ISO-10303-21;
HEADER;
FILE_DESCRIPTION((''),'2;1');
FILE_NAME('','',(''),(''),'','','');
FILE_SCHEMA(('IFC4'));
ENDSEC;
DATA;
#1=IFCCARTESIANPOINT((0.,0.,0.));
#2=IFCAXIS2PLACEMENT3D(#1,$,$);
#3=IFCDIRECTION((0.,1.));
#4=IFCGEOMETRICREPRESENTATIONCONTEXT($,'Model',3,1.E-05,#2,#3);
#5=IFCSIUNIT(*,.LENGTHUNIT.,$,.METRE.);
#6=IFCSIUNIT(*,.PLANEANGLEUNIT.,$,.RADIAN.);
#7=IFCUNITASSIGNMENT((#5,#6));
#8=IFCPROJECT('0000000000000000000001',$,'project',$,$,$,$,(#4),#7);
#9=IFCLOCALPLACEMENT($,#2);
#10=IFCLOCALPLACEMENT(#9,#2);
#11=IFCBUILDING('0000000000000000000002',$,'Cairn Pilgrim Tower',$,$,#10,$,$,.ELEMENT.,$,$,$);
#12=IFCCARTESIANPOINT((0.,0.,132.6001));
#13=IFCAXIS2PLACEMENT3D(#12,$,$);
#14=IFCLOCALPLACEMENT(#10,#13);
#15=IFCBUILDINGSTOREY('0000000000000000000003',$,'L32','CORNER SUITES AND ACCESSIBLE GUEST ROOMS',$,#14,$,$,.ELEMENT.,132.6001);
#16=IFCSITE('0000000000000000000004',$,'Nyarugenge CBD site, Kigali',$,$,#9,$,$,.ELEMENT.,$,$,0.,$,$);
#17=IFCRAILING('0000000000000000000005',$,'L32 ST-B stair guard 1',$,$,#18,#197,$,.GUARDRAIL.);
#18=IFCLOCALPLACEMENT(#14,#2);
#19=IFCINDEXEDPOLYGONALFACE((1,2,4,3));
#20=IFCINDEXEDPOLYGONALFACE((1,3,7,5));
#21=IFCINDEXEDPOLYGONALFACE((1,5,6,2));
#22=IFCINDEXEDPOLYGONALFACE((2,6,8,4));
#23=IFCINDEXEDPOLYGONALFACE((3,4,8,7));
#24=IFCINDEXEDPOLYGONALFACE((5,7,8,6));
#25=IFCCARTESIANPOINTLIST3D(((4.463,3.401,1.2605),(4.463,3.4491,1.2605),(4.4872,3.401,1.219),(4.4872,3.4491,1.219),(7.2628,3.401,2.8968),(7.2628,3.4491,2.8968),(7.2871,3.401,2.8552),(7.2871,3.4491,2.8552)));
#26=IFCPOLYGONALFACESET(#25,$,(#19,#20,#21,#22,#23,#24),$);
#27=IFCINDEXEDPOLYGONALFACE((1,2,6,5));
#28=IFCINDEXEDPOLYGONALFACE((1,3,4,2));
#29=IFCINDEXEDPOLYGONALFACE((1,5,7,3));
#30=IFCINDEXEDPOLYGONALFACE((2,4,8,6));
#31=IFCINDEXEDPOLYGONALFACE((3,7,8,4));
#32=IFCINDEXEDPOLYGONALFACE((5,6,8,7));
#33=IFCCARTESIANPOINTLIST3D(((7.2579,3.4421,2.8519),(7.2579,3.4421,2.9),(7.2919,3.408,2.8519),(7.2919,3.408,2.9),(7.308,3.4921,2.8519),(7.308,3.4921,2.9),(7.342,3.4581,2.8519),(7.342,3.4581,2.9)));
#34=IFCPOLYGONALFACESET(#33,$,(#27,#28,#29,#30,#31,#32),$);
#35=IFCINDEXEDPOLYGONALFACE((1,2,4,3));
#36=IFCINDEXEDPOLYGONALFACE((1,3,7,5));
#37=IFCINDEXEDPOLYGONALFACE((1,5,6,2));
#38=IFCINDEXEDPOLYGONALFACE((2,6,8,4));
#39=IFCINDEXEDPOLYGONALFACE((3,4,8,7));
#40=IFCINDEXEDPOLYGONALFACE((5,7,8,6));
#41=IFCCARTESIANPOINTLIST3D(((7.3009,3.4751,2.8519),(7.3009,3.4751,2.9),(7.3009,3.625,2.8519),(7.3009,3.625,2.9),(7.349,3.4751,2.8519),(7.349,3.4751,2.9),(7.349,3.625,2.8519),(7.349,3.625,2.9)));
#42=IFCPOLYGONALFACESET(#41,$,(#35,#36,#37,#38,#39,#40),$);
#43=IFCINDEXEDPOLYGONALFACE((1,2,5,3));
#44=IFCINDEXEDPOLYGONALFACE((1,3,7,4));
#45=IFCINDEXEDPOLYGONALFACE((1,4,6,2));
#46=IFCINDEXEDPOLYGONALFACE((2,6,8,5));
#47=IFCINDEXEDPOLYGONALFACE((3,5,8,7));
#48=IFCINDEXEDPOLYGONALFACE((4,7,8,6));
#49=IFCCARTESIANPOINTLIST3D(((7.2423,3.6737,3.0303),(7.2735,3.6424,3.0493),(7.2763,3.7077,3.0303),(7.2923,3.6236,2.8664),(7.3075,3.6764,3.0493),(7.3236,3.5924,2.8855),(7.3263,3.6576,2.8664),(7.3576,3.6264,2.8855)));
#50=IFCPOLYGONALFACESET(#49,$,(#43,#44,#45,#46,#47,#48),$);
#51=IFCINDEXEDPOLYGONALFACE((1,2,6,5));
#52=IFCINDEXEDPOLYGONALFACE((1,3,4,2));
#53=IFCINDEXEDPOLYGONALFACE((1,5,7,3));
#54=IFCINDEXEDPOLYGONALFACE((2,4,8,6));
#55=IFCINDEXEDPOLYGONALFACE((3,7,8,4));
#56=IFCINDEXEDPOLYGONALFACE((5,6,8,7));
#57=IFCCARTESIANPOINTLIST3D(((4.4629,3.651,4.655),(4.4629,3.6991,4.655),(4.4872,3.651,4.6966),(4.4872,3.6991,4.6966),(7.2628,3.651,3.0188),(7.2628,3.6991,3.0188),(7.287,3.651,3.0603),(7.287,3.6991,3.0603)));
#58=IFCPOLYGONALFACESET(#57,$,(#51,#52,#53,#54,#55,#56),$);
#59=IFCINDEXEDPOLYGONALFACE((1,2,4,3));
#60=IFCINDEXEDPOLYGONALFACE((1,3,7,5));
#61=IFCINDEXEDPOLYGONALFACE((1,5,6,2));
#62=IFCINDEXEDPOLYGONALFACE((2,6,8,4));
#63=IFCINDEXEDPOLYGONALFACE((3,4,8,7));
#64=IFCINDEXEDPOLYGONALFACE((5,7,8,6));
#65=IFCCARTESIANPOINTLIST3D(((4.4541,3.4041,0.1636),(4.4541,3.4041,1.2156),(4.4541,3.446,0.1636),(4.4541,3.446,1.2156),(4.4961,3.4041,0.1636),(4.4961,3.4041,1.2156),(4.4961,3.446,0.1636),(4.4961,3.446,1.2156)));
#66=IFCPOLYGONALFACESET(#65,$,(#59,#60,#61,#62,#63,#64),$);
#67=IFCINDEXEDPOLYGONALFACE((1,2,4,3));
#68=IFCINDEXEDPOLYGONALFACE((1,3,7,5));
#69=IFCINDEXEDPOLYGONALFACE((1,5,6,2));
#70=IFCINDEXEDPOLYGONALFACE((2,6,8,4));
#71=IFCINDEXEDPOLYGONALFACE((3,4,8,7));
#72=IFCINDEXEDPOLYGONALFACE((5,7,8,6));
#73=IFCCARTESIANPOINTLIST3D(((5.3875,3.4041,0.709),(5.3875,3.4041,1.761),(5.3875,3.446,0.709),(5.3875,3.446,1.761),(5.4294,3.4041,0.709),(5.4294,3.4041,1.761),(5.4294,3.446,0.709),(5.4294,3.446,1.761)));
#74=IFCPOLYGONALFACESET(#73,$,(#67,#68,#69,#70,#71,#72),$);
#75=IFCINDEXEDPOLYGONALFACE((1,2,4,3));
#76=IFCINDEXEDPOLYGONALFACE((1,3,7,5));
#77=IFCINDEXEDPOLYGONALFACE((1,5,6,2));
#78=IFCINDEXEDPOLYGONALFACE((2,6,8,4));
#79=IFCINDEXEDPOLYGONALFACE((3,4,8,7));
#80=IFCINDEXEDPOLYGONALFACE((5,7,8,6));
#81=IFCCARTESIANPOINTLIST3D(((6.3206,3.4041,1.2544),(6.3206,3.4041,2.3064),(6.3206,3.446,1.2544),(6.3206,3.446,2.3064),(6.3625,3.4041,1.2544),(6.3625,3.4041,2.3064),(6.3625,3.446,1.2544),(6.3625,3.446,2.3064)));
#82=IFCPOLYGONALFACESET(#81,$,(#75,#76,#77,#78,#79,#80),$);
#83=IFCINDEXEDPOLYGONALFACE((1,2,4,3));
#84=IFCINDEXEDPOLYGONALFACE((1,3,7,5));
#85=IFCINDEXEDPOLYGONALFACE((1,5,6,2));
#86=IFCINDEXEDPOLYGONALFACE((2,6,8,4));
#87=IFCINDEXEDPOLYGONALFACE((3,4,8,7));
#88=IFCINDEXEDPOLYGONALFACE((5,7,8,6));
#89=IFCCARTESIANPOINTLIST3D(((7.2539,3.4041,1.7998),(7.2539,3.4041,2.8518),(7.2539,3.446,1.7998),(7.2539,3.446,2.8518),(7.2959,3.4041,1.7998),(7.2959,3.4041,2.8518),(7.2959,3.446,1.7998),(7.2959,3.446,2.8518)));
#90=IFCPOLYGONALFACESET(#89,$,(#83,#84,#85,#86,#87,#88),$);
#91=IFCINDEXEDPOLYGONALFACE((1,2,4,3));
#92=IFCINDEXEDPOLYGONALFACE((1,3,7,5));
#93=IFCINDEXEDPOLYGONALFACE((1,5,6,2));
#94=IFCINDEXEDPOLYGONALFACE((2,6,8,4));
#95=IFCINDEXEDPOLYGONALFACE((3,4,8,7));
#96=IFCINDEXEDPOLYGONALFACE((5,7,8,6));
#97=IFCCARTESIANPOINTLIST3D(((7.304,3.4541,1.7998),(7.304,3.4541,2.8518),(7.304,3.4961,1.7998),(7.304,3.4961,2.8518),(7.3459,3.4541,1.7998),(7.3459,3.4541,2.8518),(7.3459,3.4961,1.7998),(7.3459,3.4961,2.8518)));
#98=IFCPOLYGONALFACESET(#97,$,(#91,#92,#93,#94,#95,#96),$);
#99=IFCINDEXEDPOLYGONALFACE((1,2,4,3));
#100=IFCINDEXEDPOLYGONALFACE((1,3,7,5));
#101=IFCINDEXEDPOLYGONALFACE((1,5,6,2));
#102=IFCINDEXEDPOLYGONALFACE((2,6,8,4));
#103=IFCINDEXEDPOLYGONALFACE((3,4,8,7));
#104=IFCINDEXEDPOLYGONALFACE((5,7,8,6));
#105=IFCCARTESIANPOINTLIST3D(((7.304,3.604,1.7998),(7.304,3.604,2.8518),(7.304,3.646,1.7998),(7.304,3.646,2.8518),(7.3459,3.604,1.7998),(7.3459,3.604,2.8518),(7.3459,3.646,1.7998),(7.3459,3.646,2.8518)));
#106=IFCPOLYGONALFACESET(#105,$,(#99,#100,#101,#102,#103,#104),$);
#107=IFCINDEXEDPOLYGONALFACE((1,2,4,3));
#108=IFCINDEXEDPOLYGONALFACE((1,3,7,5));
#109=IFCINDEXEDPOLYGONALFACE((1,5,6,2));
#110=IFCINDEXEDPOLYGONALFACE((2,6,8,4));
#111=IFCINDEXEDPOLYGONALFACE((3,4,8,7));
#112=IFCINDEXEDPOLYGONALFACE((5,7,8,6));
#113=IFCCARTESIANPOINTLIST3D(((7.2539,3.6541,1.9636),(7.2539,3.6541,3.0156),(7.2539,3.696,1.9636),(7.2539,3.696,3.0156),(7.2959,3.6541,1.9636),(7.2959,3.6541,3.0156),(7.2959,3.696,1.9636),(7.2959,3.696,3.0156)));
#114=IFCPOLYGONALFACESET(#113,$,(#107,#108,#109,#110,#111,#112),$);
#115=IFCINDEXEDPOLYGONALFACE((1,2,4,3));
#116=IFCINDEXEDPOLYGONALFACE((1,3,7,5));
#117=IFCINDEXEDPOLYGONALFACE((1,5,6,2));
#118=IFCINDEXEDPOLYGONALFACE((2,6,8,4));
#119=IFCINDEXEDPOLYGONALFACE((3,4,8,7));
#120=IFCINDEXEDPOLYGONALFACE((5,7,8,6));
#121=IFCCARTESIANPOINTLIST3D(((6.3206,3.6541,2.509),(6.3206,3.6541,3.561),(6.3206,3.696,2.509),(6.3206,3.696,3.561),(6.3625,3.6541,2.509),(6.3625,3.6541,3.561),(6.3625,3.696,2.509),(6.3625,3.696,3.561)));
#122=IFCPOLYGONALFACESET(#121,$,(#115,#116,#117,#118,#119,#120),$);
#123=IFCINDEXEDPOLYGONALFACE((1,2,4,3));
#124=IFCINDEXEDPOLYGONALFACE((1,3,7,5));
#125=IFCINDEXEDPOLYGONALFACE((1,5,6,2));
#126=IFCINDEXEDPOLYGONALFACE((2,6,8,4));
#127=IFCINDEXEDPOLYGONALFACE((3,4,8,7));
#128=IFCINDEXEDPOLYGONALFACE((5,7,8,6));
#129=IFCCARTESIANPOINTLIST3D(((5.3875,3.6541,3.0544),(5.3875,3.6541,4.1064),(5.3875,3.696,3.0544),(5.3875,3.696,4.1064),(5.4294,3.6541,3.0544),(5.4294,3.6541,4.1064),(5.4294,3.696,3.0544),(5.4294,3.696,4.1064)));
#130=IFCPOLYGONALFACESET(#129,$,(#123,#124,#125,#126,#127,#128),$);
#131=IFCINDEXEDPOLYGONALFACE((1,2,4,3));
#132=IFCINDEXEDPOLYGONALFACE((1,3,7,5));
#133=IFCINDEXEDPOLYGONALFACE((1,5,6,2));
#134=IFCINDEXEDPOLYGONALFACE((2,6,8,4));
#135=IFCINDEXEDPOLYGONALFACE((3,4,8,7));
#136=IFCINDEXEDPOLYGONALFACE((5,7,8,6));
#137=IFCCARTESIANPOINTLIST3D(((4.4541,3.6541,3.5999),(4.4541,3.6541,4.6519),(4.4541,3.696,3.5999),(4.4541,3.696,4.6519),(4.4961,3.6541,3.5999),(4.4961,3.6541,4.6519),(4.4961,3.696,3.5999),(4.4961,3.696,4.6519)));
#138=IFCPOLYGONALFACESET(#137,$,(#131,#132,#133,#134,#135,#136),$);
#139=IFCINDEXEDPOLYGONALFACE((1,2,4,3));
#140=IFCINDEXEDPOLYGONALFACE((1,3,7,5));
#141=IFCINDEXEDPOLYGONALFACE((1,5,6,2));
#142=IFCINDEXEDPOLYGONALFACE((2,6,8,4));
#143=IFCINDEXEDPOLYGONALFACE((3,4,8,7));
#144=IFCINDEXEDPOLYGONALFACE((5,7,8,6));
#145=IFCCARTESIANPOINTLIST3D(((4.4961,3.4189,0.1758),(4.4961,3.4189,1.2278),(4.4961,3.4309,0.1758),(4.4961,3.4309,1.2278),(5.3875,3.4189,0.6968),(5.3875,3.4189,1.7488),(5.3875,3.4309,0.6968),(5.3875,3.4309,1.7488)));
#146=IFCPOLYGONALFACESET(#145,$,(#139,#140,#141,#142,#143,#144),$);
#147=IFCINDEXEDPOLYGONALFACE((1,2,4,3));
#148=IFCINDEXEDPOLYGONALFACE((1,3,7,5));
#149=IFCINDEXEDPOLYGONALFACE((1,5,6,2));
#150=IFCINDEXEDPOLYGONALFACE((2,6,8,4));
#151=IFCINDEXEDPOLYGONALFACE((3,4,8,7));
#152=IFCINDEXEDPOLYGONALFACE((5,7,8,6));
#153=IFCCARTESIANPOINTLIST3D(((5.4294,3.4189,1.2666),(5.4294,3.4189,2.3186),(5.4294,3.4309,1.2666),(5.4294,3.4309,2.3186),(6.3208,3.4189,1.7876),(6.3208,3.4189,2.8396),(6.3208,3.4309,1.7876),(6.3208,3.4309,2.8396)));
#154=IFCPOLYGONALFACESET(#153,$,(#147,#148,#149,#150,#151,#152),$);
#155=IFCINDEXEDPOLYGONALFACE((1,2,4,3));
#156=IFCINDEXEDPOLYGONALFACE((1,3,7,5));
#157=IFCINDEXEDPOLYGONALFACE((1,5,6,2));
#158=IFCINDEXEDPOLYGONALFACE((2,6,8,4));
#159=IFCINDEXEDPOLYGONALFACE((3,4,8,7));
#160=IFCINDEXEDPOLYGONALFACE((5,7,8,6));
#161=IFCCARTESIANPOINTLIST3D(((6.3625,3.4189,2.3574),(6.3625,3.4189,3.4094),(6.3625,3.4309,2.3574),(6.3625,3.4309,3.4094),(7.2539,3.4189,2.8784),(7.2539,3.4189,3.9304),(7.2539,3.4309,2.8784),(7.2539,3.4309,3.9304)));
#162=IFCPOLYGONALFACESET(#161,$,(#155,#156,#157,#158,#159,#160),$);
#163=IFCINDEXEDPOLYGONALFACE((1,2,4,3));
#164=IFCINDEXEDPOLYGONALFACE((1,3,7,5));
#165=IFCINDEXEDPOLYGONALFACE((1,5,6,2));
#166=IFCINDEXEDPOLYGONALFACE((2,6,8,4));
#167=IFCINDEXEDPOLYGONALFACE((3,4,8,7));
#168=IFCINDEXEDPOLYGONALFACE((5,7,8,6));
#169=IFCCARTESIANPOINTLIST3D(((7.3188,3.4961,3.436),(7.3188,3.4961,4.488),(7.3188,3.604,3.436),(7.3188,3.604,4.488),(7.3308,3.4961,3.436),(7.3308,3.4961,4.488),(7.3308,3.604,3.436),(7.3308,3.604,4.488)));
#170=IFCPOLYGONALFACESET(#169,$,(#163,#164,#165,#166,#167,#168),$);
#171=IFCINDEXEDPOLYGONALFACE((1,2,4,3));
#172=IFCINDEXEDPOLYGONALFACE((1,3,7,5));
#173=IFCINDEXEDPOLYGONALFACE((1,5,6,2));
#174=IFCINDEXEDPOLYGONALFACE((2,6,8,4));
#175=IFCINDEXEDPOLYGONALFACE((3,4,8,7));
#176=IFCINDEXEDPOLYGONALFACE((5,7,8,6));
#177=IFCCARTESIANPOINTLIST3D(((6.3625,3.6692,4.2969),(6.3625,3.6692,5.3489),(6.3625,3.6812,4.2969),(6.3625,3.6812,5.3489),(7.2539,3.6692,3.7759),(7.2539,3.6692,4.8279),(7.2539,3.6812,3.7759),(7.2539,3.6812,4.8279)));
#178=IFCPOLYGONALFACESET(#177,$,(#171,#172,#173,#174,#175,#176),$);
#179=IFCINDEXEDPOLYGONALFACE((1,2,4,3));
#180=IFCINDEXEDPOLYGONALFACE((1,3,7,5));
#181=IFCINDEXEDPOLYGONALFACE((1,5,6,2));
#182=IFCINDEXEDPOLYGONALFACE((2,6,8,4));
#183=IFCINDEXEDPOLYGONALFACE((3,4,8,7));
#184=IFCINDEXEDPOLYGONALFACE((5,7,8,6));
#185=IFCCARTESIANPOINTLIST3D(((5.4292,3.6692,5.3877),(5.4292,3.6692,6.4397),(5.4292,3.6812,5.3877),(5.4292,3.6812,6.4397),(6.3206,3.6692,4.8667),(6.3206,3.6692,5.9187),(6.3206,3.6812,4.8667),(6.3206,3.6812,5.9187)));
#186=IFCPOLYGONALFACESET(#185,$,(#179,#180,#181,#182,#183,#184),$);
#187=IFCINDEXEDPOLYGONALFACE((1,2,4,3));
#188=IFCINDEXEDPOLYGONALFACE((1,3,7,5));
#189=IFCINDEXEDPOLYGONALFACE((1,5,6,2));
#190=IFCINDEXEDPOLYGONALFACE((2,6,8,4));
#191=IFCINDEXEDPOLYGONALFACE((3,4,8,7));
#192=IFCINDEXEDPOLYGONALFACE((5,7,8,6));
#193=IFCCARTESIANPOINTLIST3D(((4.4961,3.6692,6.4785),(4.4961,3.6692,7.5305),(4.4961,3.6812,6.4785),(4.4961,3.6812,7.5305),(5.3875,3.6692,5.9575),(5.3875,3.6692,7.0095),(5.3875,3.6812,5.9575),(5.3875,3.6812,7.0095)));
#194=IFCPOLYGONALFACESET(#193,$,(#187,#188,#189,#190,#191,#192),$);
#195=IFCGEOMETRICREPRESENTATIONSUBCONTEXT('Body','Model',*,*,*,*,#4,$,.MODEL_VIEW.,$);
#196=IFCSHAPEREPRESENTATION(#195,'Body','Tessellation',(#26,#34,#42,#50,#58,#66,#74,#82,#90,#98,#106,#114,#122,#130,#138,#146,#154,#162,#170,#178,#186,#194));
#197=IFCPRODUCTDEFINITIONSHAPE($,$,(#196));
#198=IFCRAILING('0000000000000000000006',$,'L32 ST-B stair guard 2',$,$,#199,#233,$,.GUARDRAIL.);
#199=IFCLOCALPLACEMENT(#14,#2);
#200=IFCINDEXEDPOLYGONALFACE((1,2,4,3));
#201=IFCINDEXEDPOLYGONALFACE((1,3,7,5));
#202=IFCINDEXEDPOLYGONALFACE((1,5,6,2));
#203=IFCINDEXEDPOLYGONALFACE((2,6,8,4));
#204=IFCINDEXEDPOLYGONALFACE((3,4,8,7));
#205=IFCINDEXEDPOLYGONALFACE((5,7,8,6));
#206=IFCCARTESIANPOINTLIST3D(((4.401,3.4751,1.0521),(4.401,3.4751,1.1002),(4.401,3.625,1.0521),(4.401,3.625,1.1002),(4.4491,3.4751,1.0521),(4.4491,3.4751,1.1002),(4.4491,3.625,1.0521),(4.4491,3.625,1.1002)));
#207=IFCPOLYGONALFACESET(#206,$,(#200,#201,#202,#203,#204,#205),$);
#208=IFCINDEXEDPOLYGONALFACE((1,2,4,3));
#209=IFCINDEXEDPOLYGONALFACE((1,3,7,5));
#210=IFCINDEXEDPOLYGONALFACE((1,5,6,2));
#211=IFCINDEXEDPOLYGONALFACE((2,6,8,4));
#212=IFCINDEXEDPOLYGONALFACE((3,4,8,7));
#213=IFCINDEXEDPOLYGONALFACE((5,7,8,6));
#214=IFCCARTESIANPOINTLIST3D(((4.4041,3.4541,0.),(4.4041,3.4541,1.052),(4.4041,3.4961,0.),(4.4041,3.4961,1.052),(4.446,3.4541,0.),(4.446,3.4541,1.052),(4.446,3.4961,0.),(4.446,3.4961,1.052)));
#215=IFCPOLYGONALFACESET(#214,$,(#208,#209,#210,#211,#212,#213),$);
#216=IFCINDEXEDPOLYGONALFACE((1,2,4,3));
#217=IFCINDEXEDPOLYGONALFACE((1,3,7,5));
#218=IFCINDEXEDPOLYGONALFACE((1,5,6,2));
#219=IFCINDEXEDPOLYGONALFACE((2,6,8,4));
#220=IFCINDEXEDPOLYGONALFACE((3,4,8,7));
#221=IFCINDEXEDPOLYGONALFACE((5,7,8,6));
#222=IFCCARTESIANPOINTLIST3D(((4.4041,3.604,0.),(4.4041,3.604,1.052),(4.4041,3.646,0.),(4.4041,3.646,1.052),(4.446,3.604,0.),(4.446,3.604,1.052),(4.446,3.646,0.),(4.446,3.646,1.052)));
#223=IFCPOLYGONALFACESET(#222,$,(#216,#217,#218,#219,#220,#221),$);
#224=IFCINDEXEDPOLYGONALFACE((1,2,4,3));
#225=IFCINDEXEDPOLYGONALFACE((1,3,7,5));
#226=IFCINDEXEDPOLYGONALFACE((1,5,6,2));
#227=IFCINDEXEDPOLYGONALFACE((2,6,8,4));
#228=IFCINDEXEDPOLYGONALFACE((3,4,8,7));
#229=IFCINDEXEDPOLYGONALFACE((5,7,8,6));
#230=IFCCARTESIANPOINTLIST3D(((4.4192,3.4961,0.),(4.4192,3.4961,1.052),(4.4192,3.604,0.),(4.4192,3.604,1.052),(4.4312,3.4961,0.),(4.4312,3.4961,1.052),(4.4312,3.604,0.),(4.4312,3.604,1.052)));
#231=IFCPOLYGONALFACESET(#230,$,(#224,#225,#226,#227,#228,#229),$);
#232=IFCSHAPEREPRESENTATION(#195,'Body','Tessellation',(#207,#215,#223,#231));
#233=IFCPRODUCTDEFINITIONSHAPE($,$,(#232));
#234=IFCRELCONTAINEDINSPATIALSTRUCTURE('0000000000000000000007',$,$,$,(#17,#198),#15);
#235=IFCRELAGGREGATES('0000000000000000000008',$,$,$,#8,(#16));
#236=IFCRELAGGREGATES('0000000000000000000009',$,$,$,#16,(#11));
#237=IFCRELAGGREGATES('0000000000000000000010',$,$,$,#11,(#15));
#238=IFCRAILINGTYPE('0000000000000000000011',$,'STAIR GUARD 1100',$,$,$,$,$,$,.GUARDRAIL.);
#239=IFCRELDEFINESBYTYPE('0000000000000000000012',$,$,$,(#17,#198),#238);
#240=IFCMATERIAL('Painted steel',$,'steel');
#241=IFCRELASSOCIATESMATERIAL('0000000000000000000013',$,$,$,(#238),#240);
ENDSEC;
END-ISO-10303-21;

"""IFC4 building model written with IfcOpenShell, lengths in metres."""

from ifc_helpers import new_model, si_unit, direction, frame, origin, origin_2d, place, context, subcontext, project, spatial, polyline, rectangle, outline, extrude, material, type_object, element, save


model = new_model("IFC4")

# Units and contexts
model_context = context("Model", 3, precision=1e-05, world=origin(), true_north=direction((0.0, 1.0)))
body_context = subcontext(model_context, "Body", "Model", "MODEL_VIEW")
ifc_project = project(units=[si_unit("LENGTHUNIT", "METRE"), si_unit("PLANEANGLEUNIT", "RADIAN")], contexts=[model_context])

# Site, building, storey
site_placement = place(None, origin())
site = spatial("IfcSite", under=ifc_project, at=site_placement, Name="Nyarugenge CBD site, Kigali", CompositionType="ELEMENT", RefElevation=0.0)
building_placement = place(site_placement, origin())
building = spatial("IfcBuilding", under=site, at=building_placement, Name="Cairn Pilgrim Tower", CompositionType="ELEMENT")
storey_placement = place(building_placement, frame((0.0, 0.0, 132.6001)))
storey = spatial("IfcBuildingStorey", under=building, at=storey_placement, Name="L32", Description="CORNER SUITES AND ACCESSIBLE GUEST ROOMS", CompositionType="ELEMENT", Elevation=132.6001)

# Shared definitions
ifc_material_1 = material(Name="Painted steel", Category="steel")

# Railings
railing_type = type_object("IfcRailingType", Name="STAIR GUARD 1100", PredefinedType="GUARDRAIL", material=ifc_material_1)
railing_1_placement = place(storey_placement, frame((4.4751, 3.425, 0.1636)))
element("IfcRailing", 1, at=railing_1_placement, inside=storey, type_object=railing_type, Name="L32 ST-B stair guard 1", PredefinedType="GUARDRAIL", context=body_context, shape_type="SweptSolid", body=[
    extrude(rectangle(XDim=0.0481, YDim=0.0481, at=origin_2d()), frame((0.0, 0.0, 1.0762), z_axis=(0.863374, 0.0, 0.504564), x_axis=(0.0, 1.0, 0.0)), (0.0, 0.0, 1.0), 3.2429),
    extrude(rectangle(XDim=0.0481, YDim=0.0481, at=origin_2d()), frame((2.7998, 0.0, 2.7124), z_axis=(0.707107, 0.707107, 0.0), x_axis=(-0.707107, 0.707107, 0.0)), (0.0, 0.0, 1.0), 0.0708),
    extrude(rectangle(XDim=0.0481, YDim=0.0481, at=origin_2d()), frame((2.8499, 0.05, 2.7124), z_axis=(0.0, 1.0, 0.0), x_axis=(-1.0, 0.0, 0.0)), (0.0, 0.0, 1.0), 0.1499),
    extrude(rectangle(XDim=0.0481, YDim=0.0481, at=origin_2d()), frame((2.8499, 0.2, 2.7124), z_axis=(-0.280456, 0.280456, 0.917981), x_axis=(-0.707107, -0.707107, 0.0)), (0.0, 0.0, 1.0), 0.1785),
    extrude(rectangle(XDim=0.0481, YDim=0.0481, at=origin_2d()), frame((2.7998, 0.25, 2.876), z_axis=(-0.863374, 0.0, 0.504564), x_axis=(0.0, -1.0, 0.0)), (0.0, 0.0, 1.0), 3.2429),
    extrude(rectangle(XDim=0.042, YDim=0.042, at=origin_2d()), origin(), (0.0, 0.0, 1.0), 1.052),
    extrude(rectangle(XDim=0.042, YDim=0.042, at=origin_2d()), frame((0.9333, 0.0, 0.5454)), (0.0, 0.0, 1.0), 1.052),
    extrude(rectangle(XDim=0.042, YDim=0.042, at=origin_2d()), frame((1.8665, 0.0, 1.0908)), (0.0, 0.0, 1.0), 1.052),
    extrude(rectangle(XDim=0.042, YDim=0.042, at=origin_2d()), frame((2.7998, 0.0, 1.6362)), (0.0, 0.0, 1.0), 1.052),
    extrude(rectangle(XDim=0.042, YDim=0.042, at=origin_2d()), frame((2.8499, 0.05, 1.6362)), (0.0, 0.0, 1.0), 1.052),
    extrude(rectangle(XDim=0.042, YDim=0.042, at=origin_2d()), frame((2.8499, 0.2, 1.6362)), (0.0, 0.0, 1.0), 1.052),
    extrude(rectangle(XDim=0.042, YDim=0.042, at=origin_2d()), frame((2.7998, 0.25, 1.8)), (0.0, 0.0, 1.0), 1.052),
    extrude(rectangle(XDim=0.042, YDim=0.042, at=origin_2d()), frame((1.8665, 0.25, 2.3455)), (0.0, 0.0, 1.0), 1.052),
    extrude(rectangle(XDim=0.042, YDim=0.042, at=origin_2d()), frame((0.9333, 0.25, 2.8909)), (0.0, 0.0, 1.0), 1.052),
    extrude(rectangle(XDim=0.042, YDim=0.042, at=origin_2d()), frame((0.0, 0.25, 3.4363)), (0.0, 0.0, 1.0), 1.052),
    extrude(outline(polyline([(0.021, 0.0122), (0.9124, 0.5332), (0.9124, 1.5852), (0.021, 1.0642), (0.021, 0.0122)])), frame((0.0, 0.0059, 0.0), z_axis=(0.0, -1.0, 0.0), x_axis=(1.0, 0.0, 0.0)), (0.0, 0.0, 1.0), 0.012),
    extrude(outline(polyline([(0.021, 0.5576), (0.9124, 1.0786), (0.9124, 2.1306), (0.021, 1.6096), (0.021, 0.5576)])), frame((0.9333, 0.0059, 0.5454), z_axis=(0.0, -1.0, 0.0), x_axis=(1.0, 0.0, 0.0)), (0.0, 0.0, 1.0), 0.012),
    extrude(outline(polyline([(0.021, 1.103), (0.9124, 1.624), (0.9124, 2.676), (0.021, 2.155), (0.021, 1.103)])), frame((1.8665, 0.0059, 1.0908), z_axis=(0.0, -1.0, 0.0), x_axis=(1.0, 0.0, 0.0)), (0.0, 0.0, 1.0), 0.012),
    extrude(outline(polyline([(0.021, 1.6362), (0.1289, 1.6362), (0.1289, 2.6882), (0.021, 2.6882), (0.021, 1.6362)])), frame((2.8438, 0.05, 1.6362), z_axis=(1.0, 0.0, 0.0), x_axis=(0.0, 1.0, 0.0)), (0.0, 0.0, 1.0), 0.012),
    extrude(outline(polyline([(0.021, 1.8123), (0.9124, 2.3333), (0.9124, 3.3853), (0.021, 2.8643), (0.021, 1.8123)])), frame((2.7998, 0.2441, 1.8), z_axis=(0.0, 1.0, 0.0), x_axis=(-1.0, 0.0, 0.0)), (0.0, 0.0, 1.0), 0.012),
    extrude(outline(polyline([(0.021, 2.3577), (0.9124, 2.8787), (0.9124, 3.9307), (0.021, 3.4097), (0.021, 2.3577)])), frame((1.8665, 0.2441, 2.3455), z_axis=(0.0, 1.0, 0.0), x_axis=(-1.0, 0.0, 0.0)), (0.0, 0.0, 1.0), 0.012),
    extrude(outline(polyline([(0.021, 2.9031), (0.9124, 3.4241), (0.9124, 4.4761), (0.021, 3.9551), (0.021, 2.9031)])), frame((0.9333, 0.2441, 2.8909), z_axis=(0.0, 1.0, 0.0), x_axis=(-1.0, 0.0, 0.0)), (0.0, 0.0, 1.0), 0.012),
])
railing_2_placement = place(storey_placement, frame((4.425, 3.4751, 0.0)))
element("IfcRailing", 2, at=railing_2_placement, inside=storey, type_object=railing_type, Name="L32 ST-B stair guard 2", PredefinedType="GUARDRAIL", context=body_context, shape_type="SweptSolid", body=[
    extrude(rectangle(XDim=0.0481, YDim=0.0481, at=origin_2d()), frame((0.0, 0.0, 1.0762), z_axis=(0.0, 1.0, 0.0), x_axis=(-1.0, 0.0, 0.0)), (0.0, 0.0, 1.0), 0.1499),
    extrude(rectangle(XDim=0.042, YDim=0.042, at=origin_2d()), origin(), (0.0, 0.0, 1.0), 1.052),
    extrude(rectangle(XDim=0.042, YDim=0.042, at=origin_2d()), frame((0.0, 0.1499, 0.0)), (0.0, 0.0, 1.0), 1.052),
    extrude(outline(polyline([(0.021, 0.0), (0.1289, 0.0), (0.1289, 1.052), (0.021, 1.052), (0.021, 0.0)])), frame((-0.0059, 0.0, 0.0), z_axis=(1.0, 0.0, 0.0), x_axis=(0.0, 1.0, 0.0)), (0.0, 0.0, 1.0), 0.012),
])

save(model, "model.ifc")
